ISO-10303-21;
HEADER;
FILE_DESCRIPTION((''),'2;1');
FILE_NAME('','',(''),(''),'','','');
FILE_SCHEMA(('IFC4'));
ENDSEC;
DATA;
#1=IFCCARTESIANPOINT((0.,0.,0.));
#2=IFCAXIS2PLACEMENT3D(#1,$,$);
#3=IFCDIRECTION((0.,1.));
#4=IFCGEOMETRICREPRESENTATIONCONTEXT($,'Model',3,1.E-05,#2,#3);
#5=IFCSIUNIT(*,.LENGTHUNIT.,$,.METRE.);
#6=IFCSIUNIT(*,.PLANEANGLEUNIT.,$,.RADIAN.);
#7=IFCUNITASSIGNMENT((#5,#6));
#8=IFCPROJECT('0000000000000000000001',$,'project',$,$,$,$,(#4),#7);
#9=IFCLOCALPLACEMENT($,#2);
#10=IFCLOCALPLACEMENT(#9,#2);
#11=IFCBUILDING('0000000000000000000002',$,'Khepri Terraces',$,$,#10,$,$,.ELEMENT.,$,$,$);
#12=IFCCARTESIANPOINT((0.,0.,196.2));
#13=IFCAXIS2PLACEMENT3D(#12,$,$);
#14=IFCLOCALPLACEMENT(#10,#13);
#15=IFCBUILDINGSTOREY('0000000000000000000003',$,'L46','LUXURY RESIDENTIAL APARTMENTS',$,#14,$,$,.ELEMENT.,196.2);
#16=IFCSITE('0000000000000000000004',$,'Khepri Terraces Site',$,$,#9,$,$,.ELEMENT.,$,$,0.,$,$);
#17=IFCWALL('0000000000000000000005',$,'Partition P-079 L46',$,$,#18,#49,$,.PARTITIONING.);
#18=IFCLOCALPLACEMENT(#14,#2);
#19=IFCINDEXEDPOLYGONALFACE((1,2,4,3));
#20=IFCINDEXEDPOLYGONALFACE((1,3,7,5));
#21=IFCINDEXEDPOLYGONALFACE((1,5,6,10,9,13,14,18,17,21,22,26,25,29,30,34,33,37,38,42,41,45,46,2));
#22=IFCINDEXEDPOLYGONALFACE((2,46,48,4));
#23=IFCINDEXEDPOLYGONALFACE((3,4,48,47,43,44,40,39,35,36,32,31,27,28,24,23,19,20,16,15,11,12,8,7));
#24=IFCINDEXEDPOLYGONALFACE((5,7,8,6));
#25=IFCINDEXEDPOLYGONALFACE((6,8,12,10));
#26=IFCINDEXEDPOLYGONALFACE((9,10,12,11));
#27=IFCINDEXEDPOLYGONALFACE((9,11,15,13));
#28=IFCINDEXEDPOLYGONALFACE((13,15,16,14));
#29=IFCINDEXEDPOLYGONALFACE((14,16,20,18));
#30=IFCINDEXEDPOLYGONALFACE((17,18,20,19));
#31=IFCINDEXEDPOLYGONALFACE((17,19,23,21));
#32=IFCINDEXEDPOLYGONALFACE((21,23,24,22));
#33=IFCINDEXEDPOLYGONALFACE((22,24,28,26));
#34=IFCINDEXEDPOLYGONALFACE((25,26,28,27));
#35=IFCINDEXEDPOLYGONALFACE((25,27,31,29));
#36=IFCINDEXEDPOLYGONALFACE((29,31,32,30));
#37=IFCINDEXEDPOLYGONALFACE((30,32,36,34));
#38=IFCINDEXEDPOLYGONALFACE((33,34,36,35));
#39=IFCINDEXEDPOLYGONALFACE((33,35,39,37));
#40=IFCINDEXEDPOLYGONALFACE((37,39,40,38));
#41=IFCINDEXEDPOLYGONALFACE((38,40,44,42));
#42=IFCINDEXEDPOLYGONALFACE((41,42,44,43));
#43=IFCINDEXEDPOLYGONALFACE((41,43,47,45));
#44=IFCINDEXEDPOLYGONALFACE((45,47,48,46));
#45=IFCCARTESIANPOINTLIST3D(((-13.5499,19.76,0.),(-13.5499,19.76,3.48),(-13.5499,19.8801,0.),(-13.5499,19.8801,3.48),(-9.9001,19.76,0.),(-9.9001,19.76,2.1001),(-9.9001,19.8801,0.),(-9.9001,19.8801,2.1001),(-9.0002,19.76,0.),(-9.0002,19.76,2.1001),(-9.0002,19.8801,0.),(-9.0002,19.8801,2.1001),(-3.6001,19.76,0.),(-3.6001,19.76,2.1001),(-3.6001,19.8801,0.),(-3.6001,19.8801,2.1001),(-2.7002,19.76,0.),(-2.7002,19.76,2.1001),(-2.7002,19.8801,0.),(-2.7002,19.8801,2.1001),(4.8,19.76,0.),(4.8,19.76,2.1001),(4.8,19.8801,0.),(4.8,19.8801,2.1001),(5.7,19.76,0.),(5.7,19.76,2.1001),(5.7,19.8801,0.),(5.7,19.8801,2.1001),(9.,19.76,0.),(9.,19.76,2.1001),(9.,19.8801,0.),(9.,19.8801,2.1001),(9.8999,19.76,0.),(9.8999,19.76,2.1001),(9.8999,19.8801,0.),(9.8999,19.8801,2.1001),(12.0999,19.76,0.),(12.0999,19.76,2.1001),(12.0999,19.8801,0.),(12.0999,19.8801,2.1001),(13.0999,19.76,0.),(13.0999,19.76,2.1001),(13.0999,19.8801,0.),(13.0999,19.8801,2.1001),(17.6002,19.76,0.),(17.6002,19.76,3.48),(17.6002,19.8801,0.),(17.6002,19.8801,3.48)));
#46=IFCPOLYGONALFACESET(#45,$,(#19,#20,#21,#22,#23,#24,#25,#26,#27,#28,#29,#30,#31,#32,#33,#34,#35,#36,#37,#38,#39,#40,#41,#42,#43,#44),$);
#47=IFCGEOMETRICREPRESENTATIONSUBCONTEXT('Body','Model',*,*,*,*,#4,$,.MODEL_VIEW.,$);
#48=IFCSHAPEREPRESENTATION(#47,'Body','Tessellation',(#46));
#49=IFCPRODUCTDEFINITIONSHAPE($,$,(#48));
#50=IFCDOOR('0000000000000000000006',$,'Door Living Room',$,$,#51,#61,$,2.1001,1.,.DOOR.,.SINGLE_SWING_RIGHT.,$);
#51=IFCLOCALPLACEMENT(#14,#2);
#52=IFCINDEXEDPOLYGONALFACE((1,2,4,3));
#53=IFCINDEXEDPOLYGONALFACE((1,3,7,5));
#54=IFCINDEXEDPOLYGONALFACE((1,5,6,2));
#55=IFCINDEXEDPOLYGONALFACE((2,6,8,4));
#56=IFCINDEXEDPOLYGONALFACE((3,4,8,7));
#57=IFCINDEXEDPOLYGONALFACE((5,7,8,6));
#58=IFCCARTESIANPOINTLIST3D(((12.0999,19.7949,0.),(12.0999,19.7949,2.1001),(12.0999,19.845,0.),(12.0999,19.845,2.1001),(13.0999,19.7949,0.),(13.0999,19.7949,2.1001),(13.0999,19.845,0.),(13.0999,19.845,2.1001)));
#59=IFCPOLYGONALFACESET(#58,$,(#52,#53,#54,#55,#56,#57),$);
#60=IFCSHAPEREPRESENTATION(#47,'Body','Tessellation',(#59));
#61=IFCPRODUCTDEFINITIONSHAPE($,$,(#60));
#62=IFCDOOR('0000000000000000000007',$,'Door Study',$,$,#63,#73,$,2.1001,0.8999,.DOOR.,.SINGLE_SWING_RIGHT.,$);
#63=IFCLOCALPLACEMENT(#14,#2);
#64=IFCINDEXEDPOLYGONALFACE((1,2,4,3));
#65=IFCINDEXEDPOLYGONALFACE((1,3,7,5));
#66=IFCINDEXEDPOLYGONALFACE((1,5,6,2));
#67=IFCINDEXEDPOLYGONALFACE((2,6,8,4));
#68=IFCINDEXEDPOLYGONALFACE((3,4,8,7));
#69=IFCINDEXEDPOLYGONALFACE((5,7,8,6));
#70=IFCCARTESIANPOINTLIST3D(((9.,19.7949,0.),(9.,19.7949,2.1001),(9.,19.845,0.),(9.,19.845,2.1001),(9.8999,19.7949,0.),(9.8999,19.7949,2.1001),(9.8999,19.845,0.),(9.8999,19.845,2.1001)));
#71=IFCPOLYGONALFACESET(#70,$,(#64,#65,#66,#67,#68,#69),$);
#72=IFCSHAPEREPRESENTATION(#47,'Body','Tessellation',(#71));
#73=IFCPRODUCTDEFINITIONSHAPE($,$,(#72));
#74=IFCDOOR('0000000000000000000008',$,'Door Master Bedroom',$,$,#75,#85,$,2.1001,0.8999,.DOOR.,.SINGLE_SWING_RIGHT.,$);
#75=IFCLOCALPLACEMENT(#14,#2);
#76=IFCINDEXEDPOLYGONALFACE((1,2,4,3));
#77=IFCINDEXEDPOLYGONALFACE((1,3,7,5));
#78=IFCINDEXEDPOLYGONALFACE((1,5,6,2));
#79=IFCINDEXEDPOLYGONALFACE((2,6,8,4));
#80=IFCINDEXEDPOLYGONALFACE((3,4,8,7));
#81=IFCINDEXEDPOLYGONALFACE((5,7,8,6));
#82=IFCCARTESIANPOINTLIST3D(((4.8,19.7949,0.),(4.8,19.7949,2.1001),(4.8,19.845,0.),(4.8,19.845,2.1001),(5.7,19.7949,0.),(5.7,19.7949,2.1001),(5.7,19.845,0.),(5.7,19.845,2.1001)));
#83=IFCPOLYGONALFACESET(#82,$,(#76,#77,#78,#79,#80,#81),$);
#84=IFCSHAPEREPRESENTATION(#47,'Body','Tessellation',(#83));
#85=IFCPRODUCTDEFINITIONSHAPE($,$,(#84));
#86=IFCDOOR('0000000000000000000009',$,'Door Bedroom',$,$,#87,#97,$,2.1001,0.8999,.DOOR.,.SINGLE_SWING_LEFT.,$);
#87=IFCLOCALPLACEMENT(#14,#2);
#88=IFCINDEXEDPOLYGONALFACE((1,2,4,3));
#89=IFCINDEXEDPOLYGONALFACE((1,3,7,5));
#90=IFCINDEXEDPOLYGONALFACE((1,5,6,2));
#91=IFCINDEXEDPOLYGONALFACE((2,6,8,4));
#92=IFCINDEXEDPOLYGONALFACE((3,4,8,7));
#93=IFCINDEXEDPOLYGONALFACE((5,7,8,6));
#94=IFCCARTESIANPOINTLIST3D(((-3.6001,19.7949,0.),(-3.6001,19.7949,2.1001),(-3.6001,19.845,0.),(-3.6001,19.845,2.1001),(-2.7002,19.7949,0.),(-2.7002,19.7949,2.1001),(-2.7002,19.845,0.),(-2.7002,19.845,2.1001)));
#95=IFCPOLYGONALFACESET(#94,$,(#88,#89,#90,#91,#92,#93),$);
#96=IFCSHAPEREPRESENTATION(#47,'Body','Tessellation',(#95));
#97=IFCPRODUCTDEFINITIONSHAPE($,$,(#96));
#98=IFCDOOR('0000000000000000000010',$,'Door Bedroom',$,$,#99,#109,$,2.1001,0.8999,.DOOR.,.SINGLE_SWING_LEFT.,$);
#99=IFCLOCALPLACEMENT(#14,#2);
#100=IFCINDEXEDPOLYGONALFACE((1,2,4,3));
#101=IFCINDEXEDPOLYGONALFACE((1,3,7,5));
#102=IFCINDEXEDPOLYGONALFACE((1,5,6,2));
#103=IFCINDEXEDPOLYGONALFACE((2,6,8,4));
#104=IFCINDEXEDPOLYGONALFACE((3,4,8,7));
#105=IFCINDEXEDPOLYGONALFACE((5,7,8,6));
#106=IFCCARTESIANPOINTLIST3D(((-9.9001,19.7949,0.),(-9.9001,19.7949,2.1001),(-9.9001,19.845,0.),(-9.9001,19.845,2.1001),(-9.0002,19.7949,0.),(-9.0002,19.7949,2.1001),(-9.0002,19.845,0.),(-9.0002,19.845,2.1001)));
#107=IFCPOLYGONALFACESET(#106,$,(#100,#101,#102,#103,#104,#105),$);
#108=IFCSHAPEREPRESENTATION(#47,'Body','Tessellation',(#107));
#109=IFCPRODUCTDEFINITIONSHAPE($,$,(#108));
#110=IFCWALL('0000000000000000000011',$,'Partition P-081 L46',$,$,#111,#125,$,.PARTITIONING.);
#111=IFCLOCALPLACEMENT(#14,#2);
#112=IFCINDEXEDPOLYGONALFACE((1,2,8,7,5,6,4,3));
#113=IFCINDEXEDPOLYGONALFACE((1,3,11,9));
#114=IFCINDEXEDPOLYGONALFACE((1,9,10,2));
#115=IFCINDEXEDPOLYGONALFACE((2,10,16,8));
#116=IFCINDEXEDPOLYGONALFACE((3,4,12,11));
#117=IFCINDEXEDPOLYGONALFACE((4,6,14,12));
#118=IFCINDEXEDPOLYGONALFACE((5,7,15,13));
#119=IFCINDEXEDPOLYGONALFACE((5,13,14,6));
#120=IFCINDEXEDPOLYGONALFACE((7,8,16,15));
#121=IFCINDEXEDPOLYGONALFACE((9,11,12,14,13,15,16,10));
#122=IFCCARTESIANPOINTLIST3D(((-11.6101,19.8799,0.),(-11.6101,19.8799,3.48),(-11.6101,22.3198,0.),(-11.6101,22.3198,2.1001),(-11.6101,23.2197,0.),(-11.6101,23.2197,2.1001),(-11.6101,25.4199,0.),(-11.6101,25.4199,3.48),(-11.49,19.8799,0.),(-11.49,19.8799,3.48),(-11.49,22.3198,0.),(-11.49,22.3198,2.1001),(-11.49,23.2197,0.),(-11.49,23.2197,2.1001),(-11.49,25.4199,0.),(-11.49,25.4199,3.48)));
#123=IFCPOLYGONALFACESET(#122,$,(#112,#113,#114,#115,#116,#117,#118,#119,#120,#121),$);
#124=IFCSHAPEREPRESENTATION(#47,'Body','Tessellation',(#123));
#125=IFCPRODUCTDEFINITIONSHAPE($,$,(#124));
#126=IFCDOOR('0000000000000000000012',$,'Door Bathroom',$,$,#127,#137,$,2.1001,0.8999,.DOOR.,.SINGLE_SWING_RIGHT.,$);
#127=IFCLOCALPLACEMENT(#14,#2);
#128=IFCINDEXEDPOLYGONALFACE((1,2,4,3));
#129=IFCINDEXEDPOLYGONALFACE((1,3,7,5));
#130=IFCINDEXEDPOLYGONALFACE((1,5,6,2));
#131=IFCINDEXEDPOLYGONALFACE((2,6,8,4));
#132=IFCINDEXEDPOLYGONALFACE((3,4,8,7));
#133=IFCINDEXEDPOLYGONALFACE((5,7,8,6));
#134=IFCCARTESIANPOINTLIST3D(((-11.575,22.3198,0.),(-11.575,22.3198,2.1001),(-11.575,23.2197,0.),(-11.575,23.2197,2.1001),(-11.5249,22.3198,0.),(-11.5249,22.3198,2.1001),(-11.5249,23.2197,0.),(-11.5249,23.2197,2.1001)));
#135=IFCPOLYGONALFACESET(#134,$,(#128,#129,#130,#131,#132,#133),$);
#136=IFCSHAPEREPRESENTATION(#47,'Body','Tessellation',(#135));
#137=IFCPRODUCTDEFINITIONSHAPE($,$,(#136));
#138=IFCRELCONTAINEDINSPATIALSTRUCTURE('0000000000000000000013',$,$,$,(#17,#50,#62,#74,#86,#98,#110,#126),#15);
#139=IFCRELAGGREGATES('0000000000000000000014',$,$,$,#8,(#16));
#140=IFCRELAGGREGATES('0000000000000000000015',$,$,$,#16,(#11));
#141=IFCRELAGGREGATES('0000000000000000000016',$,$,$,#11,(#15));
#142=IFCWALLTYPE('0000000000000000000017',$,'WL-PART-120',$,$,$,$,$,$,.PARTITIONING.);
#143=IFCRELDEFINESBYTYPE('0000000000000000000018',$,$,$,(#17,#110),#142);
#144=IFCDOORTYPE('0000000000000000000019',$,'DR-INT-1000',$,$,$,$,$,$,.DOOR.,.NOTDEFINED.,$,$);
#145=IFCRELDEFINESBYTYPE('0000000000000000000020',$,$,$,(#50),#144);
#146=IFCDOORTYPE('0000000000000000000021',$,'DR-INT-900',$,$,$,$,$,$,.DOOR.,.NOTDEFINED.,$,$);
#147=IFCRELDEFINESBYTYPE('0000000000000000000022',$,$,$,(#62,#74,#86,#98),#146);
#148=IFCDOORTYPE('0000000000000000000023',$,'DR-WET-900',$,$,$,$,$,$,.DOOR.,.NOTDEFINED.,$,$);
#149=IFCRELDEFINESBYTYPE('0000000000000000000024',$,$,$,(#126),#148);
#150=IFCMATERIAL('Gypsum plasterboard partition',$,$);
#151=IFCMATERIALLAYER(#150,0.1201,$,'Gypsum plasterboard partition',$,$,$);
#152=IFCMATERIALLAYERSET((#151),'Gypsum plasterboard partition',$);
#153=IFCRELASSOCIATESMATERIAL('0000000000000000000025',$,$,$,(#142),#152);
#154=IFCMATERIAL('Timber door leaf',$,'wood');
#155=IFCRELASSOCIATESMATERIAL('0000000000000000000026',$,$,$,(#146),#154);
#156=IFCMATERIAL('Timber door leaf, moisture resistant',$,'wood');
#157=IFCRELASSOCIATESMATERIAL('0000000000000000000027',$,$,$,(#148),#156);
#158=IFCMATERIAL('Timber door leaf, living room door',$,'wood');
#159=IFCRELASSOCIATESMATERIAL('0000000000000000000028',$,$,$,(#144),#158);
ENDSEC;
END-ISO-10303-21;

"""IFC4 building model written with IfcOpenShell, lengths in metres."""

from ifc_helpers import new_model, si_unit, direction, frame, frame_2d, origin, place, context, subcontext, project, spatial, rectangle, extrude, material, layer, layer_set, type_object, element, fill, save


model = new_model("IFC4")

# Units and contexts
model_context = context("Model", 3, precision=1e-05, world=origin(), true_north=direction((0.0, 1.0)))
body_context = subcontext(model_context, "Body", "Model", "MODEL_VIEW")
ifc_project = project(units=[si_unit("LENGTHUNIT", "METRE"), si_unit("PLANEANGLEUNIT", "RADIAN")], contexts=[model_context])

# Site, building, storey
site_placement = place(None, origin())
site = spatial("IfcSite", under=ifc_project, at=site_placement, Name="Khepri Terraces Site", CompositionType="ELEMENT", RefElevation=0.0)
building_placement = place(site_placement, origin())
building = spatial("IfcBuilding", under=site, at=building_placement, Name="Khepri Terraces", CompositionType="ELEMENT")
storey_placement = place(building_placement, frame((0.0, 0.0, 196.2)))
storey = spatial("IfcBuildingStorey", under=building, at=storey_placement, Name="L46", Description="LUXURY RESIDENTIAL APARTMENTS", CompositionType="ELEMENT", Elevation=196.2)

# Shared definitions
ifc_material_1 = material(Name="Gypsum plasterboard partition")
ifc_layer_1 = layer(ifc_material_1, 0.1201, Name="Gypsum plasterboard partition")
ifc_layer_set_1 = layer_set([ifc_layer_1], Name="Gypsum plasterboard partition")
wall_type_1 = type_object("IfcWallType", Name="WL-PART-120", PredefinedType="PARTITIONING", material=ifc_layer_set_1)

# Wall, openings, doors
ifc_material_2 = material(Name="Timber door leaf", Category="wood")
door_type_1 = type_object("IfcDoorType", Name="DR-INT-900", OperationType="NOTDEFINED", PredefinedType="DOOR", material=ifc_material_2)
ifc_material_3 = material(Name="Timber door leaf, moisture resistant", Category="wood")
door_type_2 = type_object("IfcDoorType", Name="DR-WET-900", OperationType="NOTDEFINED", PredefinedType="DOOR", material=ifc_material_3)
wall_1_placement = place(storey_placement, frame((-13.55, 19.8201, 0.0), z_axis=(0.0, 0.0, 1.0), x_axis=(1.0, 0.0, 0.0)))
wall_1 = element("IfcWall", 1, at=wall_1_placement, inside=storey, type_object=wall_type_1, Name="Partition P-079 L46", PredefinedType="PARTITIONING", context=body_context, shape_type="SweptSolid", body=[
    extrude(rectangle(XDim=31.1501, YDim=0.1201, at=frame_2d((15.5752, 0.0))), origin(), (0.0, 0.0, 1.0), 3.48),
])
opening_1_placement = place(wall_1_placement, frame((25.6499, 0.0, 0.0)))
opening_1 = element("IfcOpeningElement", 2, at=opening_1_placement, cuts=wall_1, PredefinedType="OPENING", context=body_context, shape_type="SweptSolid", body=[
    extrude(rectangle(XDim=1.0, YDim=2.1001, at=frame_2d((0.5, 1.05))), frame((0.0, 0.0701, 0.0), z_axis=(0.0, -1.0, 0.0), x_axis=(1.0, 0.0, 0.0)), (0.0, 0.0, 1.0), 0.1401),
])
opening_2_placement = place(wall_1_placement, frame((22.55, 0.0, 0.0)))
opening_2 = element("IfcOpeningElement", 3, at=opening_2_placement, cuts=wall_1, PredefinedType="OPENING", context=body_context, shape_type="SweptSolid", body=[
    extrude(rectangle(XDim=0.8999, YDim=2.1001, at=frame_2d((0.45, 1.05))), frame((0.0, 0.0701, 0.0), z_axis=(0.0, -1.0, 0.0), x_axis=(1.0, 0.0, 0.0)), (0.0, 0.0, 1.0), 0.1401),
])
opening_3_placement = place(wall_1_placement, frame((18.3501, 0.0, 0.0)))
opening_3 = element("IfcOpeningElement", 4, at=opening_3_placement, cuts=wall_1, PredefinedType="OPENING", context=body_context, shape_type="SweptSolid", body=[
    extrude(rectangle(XDim=0.8999, YDim=2.1001, at=frame_2d((0.45, 1.05))), frame((0.0, 0.0701, 0.0), z_axis=(0.0, -1.0, 0.0), x_axis=(1.0, 0.0, 0.0)), (0.0, 0.0, 1.0), 0.1401),
])
opening_4_placement = place(wall_1_placement, frame((9.95, 0.0, 0.0)))
opening_4 = element("IfcOpeningElement", 5, at=opening_4_placement, cuts=wall_1, PredefinedType="OPENING", context=body_context, shape_type="SweptSolid", body=[
    extrude(rectangle(XDim=0.8999, YDim=2.1001, at=frame_2d((0.45, 1.05))), frame((0.0, 0.0701, 0.0), z_axis=(0.0, -1.0, 0.0), x_axis=(1.0, 0.0, 0.0)), (0.0, 0.0, 1.0), 0.1401),
])
opening_5_placement = place(wall_1_placement, frame((3.6499, 0.0, 0.0)))
opening_5 = element("IfcOpeningElement", 6, at=opening_5_placement, cuts=wall_1, PredefinedType="OPENING", context=body_context, shape_type="SweptSolid", body=[
    extrude(rectangle(XDim=0.8999, YDim=2.1001, at=frame_2d((0.45, 1.05))), frame((0.0, 0.0701, 0.0), z_axis=(0.0, -1.0, 0.0), x_axis=(1.0, 0.0, 0.0)), (0.0, 0.0, 1.0), 0.1401),
])
ifc_material_4 = material(Name="Timber door leaf, living room door", Category="wood")
door_type_3 = type_object("IfcDoorType", Name="DR-INT-1000", OperationType="NOTDEFINED", PredefinedType="DOOR", material=ifc_material_4)
door_1_placement = place(opening_1_placement, origin())
door_1 = element("IfcDoor", 7, at=door_1_placement, inside=storey, type_object=door_type_3, Name="Door Living Room", OperationType="SINGLE_SWING_RIGHT", OverallHeight=2.1001, OverallWidth=1.0, PredefinedType="DOOR", context=body_context, shape_type="SweptSolid", body=[
    extrude(rectangle(XDim=1.0, YDim=2.1001, at=frame_2d((0.5, 1.05))), frame((0.0, 0.0249, 0.0), z_axis=(0.0, -1.0, 0.0), x_axis=(1.0, 0.0, 0.0)), (0.0, 0.0, 1.0), 0.05),
])
fill(opening_1, door_1)
door_2_placement = place(opening_2_placement, origin())
door_2 = element("IfcDoor", 8, at=door_2_placement, inside=storey, type_object=door_type_1, Name="Door Study", OperationType="SINGLE_SWING_RIGHT", OverallHeight=2.1001, OverallWidth=0.8999, PredefinedType="DOOR", context=body_context, shape_type="SweptSolid", body=[
    extrude(rectangle(XDim=0.8999, YDim=2.1001, at=frame_2d((0.45, 1.05))), frame((0.0, 0.0249, 0.0), z_axis=(0.0, -1.0, 0.0), x_axis=(1.0, 0.0, 0.0)), (0.0, 0.0, 1.0), 0.05),
])
fill(opening_2, door_2)
door_3_placement = place(opening_3_placement, origin())
door_3 = element("IfcDoor", 9, at=door_3_placement, inside=storey, type_object=door_type_1, Name="Door Master Bedroom", OperationType="SINGLE_SWING_RIGHT", OverallHeight=2.1001, OverallWidth=0.8999, PredefinedType="DOOR", context=body_context, shape_type="SweptSolid", body=[
    extrude(rectangle(XDim=0.8999, YDim=2.1001, at=frame_2d((0.45, 1.05))), frame((0.0, 0.0249, 0.0), z_axis=(0.0, -1.0, 0.0), x_axis=(1.0, 0.0, 0.0)), (0.0, 0.0, 1.0), 0.05),
])
fill(opening_3, door_3)
door_4_placement = place(opening_4_placement, origin())
door_4 = element("IfcDoor", 10, at=door_4_placement, inside=storey, type_object=door_type_1, Name="Door Bedroom", OperationType="SINGLE_SWING_LEFT", OverallHeight=2.1001, OverallWidth=0.8999, PredefinedType="DOOR", context=body_context, shape_type="SweptSolid", body=[
    extrude(rectangle(XDim=0.8999, YDim=2.1001, at=frame_2d((0.45, 1.05))), frame((0.0, 0.0249, 0.0), z_axis=(0.0, -1.0, 0.0), x_axis=(1.0, 0.0, 0.0)), (0.0, 0.0, 1.0), 0.05),
])
fill(opening_4, door_4)
door_5_placement = place(opening_5_placement, origin())
door_5 = element("IfcDoor", 11, at=door_5_placement, inside=storey, type_object=door_type_1, Name="Door Bedroom", OperationType="SINGLE_SWING_LEFT", OverallHeight=2.1001, OverallWidth=0.8999, PredefinedType="DOOR", context=body_context, shape_type="SweptSolid", body=[
    extrude(rectangle(XDim=0.8999, YDim=2.1001, at=frame_2d((0.45, 1.05))), frame((0.0, 0.0249, 0.0), z_axis=(0.0, -1.0, 0.0), x_axis=(1.0, 0.0, 0.0)), (0.0, 0.0, 1.0), 0.05),
])
fill(opening_5, door_5)

# Wall, opening, door
wall_2_placement = place(storey_placement, frame((-11.55, 19.8799, 0.0), z_axis=(0.0, 0.0, 1.0), x_axis=(0.0, 1.0, 0.0)))
wall_2 = element("IfcWall", 12, at=wall_2_placement, inside=storey, type_object=wall_type_1, Name="Partition P-081 L46", PredefinedType="PARTITIONING", context=body_context, shape_type="SweptSolid", body=[
    extrude(rectangle(XDim=5.54, YDim=0.1201, at=frame_2d((2.77, 0.0))), origin(), (0.0, 0.0, 1.0), 3.48),
])
opening_6_placement = place(wall_2_placement, frame((2.4399, 0.0, 0.0)))
opening_6 = element("IfcOpeningElement", 13, at=opening_6_placement, cuts=wall_2, PredefinedType="OPENING", context=body_context, shape_type="SweptSolid", body=[
    extrude(rectangle(XDim=0.8999, YDim=2.1001, at=frame_2d((0.45, 1.05))), frame((0.0, 0.0701, 0.0), z_axis=(0.0, -1.0, 0.0), x_axis=(1.0, 0.0, 0.0)), (0.0, 0.0, 1.0), 0.1401),
])
door_6_placement = place(opening_6_placement, origin())
door_6 = element("IfcDoor", 14, at=door_6_placement, inside=storey, type_object=door_type_2, Name="Door Bathroom", OperationType="SINGLE_SWING_RIGHT", OverallHeight=2.1001, OverallWidth=0.8999, PredefinedType="DOOR", context=body_context, shape_type="SweptSolid", body=[
    extrude(rectangle(XDim=0.8999, YDim=2.1001, at=frame_2d((0.45, 1.05))), frame((0.0, 0.0249, 0.0), z_axis=(0.0, -1.0, 0.0), x_axis=(1.0, 0.0, 0.0)), (0.0, 0.0, 1.0), 0.05),
])
fill(opening_6, door_6)

save(model, "model.ifc")
